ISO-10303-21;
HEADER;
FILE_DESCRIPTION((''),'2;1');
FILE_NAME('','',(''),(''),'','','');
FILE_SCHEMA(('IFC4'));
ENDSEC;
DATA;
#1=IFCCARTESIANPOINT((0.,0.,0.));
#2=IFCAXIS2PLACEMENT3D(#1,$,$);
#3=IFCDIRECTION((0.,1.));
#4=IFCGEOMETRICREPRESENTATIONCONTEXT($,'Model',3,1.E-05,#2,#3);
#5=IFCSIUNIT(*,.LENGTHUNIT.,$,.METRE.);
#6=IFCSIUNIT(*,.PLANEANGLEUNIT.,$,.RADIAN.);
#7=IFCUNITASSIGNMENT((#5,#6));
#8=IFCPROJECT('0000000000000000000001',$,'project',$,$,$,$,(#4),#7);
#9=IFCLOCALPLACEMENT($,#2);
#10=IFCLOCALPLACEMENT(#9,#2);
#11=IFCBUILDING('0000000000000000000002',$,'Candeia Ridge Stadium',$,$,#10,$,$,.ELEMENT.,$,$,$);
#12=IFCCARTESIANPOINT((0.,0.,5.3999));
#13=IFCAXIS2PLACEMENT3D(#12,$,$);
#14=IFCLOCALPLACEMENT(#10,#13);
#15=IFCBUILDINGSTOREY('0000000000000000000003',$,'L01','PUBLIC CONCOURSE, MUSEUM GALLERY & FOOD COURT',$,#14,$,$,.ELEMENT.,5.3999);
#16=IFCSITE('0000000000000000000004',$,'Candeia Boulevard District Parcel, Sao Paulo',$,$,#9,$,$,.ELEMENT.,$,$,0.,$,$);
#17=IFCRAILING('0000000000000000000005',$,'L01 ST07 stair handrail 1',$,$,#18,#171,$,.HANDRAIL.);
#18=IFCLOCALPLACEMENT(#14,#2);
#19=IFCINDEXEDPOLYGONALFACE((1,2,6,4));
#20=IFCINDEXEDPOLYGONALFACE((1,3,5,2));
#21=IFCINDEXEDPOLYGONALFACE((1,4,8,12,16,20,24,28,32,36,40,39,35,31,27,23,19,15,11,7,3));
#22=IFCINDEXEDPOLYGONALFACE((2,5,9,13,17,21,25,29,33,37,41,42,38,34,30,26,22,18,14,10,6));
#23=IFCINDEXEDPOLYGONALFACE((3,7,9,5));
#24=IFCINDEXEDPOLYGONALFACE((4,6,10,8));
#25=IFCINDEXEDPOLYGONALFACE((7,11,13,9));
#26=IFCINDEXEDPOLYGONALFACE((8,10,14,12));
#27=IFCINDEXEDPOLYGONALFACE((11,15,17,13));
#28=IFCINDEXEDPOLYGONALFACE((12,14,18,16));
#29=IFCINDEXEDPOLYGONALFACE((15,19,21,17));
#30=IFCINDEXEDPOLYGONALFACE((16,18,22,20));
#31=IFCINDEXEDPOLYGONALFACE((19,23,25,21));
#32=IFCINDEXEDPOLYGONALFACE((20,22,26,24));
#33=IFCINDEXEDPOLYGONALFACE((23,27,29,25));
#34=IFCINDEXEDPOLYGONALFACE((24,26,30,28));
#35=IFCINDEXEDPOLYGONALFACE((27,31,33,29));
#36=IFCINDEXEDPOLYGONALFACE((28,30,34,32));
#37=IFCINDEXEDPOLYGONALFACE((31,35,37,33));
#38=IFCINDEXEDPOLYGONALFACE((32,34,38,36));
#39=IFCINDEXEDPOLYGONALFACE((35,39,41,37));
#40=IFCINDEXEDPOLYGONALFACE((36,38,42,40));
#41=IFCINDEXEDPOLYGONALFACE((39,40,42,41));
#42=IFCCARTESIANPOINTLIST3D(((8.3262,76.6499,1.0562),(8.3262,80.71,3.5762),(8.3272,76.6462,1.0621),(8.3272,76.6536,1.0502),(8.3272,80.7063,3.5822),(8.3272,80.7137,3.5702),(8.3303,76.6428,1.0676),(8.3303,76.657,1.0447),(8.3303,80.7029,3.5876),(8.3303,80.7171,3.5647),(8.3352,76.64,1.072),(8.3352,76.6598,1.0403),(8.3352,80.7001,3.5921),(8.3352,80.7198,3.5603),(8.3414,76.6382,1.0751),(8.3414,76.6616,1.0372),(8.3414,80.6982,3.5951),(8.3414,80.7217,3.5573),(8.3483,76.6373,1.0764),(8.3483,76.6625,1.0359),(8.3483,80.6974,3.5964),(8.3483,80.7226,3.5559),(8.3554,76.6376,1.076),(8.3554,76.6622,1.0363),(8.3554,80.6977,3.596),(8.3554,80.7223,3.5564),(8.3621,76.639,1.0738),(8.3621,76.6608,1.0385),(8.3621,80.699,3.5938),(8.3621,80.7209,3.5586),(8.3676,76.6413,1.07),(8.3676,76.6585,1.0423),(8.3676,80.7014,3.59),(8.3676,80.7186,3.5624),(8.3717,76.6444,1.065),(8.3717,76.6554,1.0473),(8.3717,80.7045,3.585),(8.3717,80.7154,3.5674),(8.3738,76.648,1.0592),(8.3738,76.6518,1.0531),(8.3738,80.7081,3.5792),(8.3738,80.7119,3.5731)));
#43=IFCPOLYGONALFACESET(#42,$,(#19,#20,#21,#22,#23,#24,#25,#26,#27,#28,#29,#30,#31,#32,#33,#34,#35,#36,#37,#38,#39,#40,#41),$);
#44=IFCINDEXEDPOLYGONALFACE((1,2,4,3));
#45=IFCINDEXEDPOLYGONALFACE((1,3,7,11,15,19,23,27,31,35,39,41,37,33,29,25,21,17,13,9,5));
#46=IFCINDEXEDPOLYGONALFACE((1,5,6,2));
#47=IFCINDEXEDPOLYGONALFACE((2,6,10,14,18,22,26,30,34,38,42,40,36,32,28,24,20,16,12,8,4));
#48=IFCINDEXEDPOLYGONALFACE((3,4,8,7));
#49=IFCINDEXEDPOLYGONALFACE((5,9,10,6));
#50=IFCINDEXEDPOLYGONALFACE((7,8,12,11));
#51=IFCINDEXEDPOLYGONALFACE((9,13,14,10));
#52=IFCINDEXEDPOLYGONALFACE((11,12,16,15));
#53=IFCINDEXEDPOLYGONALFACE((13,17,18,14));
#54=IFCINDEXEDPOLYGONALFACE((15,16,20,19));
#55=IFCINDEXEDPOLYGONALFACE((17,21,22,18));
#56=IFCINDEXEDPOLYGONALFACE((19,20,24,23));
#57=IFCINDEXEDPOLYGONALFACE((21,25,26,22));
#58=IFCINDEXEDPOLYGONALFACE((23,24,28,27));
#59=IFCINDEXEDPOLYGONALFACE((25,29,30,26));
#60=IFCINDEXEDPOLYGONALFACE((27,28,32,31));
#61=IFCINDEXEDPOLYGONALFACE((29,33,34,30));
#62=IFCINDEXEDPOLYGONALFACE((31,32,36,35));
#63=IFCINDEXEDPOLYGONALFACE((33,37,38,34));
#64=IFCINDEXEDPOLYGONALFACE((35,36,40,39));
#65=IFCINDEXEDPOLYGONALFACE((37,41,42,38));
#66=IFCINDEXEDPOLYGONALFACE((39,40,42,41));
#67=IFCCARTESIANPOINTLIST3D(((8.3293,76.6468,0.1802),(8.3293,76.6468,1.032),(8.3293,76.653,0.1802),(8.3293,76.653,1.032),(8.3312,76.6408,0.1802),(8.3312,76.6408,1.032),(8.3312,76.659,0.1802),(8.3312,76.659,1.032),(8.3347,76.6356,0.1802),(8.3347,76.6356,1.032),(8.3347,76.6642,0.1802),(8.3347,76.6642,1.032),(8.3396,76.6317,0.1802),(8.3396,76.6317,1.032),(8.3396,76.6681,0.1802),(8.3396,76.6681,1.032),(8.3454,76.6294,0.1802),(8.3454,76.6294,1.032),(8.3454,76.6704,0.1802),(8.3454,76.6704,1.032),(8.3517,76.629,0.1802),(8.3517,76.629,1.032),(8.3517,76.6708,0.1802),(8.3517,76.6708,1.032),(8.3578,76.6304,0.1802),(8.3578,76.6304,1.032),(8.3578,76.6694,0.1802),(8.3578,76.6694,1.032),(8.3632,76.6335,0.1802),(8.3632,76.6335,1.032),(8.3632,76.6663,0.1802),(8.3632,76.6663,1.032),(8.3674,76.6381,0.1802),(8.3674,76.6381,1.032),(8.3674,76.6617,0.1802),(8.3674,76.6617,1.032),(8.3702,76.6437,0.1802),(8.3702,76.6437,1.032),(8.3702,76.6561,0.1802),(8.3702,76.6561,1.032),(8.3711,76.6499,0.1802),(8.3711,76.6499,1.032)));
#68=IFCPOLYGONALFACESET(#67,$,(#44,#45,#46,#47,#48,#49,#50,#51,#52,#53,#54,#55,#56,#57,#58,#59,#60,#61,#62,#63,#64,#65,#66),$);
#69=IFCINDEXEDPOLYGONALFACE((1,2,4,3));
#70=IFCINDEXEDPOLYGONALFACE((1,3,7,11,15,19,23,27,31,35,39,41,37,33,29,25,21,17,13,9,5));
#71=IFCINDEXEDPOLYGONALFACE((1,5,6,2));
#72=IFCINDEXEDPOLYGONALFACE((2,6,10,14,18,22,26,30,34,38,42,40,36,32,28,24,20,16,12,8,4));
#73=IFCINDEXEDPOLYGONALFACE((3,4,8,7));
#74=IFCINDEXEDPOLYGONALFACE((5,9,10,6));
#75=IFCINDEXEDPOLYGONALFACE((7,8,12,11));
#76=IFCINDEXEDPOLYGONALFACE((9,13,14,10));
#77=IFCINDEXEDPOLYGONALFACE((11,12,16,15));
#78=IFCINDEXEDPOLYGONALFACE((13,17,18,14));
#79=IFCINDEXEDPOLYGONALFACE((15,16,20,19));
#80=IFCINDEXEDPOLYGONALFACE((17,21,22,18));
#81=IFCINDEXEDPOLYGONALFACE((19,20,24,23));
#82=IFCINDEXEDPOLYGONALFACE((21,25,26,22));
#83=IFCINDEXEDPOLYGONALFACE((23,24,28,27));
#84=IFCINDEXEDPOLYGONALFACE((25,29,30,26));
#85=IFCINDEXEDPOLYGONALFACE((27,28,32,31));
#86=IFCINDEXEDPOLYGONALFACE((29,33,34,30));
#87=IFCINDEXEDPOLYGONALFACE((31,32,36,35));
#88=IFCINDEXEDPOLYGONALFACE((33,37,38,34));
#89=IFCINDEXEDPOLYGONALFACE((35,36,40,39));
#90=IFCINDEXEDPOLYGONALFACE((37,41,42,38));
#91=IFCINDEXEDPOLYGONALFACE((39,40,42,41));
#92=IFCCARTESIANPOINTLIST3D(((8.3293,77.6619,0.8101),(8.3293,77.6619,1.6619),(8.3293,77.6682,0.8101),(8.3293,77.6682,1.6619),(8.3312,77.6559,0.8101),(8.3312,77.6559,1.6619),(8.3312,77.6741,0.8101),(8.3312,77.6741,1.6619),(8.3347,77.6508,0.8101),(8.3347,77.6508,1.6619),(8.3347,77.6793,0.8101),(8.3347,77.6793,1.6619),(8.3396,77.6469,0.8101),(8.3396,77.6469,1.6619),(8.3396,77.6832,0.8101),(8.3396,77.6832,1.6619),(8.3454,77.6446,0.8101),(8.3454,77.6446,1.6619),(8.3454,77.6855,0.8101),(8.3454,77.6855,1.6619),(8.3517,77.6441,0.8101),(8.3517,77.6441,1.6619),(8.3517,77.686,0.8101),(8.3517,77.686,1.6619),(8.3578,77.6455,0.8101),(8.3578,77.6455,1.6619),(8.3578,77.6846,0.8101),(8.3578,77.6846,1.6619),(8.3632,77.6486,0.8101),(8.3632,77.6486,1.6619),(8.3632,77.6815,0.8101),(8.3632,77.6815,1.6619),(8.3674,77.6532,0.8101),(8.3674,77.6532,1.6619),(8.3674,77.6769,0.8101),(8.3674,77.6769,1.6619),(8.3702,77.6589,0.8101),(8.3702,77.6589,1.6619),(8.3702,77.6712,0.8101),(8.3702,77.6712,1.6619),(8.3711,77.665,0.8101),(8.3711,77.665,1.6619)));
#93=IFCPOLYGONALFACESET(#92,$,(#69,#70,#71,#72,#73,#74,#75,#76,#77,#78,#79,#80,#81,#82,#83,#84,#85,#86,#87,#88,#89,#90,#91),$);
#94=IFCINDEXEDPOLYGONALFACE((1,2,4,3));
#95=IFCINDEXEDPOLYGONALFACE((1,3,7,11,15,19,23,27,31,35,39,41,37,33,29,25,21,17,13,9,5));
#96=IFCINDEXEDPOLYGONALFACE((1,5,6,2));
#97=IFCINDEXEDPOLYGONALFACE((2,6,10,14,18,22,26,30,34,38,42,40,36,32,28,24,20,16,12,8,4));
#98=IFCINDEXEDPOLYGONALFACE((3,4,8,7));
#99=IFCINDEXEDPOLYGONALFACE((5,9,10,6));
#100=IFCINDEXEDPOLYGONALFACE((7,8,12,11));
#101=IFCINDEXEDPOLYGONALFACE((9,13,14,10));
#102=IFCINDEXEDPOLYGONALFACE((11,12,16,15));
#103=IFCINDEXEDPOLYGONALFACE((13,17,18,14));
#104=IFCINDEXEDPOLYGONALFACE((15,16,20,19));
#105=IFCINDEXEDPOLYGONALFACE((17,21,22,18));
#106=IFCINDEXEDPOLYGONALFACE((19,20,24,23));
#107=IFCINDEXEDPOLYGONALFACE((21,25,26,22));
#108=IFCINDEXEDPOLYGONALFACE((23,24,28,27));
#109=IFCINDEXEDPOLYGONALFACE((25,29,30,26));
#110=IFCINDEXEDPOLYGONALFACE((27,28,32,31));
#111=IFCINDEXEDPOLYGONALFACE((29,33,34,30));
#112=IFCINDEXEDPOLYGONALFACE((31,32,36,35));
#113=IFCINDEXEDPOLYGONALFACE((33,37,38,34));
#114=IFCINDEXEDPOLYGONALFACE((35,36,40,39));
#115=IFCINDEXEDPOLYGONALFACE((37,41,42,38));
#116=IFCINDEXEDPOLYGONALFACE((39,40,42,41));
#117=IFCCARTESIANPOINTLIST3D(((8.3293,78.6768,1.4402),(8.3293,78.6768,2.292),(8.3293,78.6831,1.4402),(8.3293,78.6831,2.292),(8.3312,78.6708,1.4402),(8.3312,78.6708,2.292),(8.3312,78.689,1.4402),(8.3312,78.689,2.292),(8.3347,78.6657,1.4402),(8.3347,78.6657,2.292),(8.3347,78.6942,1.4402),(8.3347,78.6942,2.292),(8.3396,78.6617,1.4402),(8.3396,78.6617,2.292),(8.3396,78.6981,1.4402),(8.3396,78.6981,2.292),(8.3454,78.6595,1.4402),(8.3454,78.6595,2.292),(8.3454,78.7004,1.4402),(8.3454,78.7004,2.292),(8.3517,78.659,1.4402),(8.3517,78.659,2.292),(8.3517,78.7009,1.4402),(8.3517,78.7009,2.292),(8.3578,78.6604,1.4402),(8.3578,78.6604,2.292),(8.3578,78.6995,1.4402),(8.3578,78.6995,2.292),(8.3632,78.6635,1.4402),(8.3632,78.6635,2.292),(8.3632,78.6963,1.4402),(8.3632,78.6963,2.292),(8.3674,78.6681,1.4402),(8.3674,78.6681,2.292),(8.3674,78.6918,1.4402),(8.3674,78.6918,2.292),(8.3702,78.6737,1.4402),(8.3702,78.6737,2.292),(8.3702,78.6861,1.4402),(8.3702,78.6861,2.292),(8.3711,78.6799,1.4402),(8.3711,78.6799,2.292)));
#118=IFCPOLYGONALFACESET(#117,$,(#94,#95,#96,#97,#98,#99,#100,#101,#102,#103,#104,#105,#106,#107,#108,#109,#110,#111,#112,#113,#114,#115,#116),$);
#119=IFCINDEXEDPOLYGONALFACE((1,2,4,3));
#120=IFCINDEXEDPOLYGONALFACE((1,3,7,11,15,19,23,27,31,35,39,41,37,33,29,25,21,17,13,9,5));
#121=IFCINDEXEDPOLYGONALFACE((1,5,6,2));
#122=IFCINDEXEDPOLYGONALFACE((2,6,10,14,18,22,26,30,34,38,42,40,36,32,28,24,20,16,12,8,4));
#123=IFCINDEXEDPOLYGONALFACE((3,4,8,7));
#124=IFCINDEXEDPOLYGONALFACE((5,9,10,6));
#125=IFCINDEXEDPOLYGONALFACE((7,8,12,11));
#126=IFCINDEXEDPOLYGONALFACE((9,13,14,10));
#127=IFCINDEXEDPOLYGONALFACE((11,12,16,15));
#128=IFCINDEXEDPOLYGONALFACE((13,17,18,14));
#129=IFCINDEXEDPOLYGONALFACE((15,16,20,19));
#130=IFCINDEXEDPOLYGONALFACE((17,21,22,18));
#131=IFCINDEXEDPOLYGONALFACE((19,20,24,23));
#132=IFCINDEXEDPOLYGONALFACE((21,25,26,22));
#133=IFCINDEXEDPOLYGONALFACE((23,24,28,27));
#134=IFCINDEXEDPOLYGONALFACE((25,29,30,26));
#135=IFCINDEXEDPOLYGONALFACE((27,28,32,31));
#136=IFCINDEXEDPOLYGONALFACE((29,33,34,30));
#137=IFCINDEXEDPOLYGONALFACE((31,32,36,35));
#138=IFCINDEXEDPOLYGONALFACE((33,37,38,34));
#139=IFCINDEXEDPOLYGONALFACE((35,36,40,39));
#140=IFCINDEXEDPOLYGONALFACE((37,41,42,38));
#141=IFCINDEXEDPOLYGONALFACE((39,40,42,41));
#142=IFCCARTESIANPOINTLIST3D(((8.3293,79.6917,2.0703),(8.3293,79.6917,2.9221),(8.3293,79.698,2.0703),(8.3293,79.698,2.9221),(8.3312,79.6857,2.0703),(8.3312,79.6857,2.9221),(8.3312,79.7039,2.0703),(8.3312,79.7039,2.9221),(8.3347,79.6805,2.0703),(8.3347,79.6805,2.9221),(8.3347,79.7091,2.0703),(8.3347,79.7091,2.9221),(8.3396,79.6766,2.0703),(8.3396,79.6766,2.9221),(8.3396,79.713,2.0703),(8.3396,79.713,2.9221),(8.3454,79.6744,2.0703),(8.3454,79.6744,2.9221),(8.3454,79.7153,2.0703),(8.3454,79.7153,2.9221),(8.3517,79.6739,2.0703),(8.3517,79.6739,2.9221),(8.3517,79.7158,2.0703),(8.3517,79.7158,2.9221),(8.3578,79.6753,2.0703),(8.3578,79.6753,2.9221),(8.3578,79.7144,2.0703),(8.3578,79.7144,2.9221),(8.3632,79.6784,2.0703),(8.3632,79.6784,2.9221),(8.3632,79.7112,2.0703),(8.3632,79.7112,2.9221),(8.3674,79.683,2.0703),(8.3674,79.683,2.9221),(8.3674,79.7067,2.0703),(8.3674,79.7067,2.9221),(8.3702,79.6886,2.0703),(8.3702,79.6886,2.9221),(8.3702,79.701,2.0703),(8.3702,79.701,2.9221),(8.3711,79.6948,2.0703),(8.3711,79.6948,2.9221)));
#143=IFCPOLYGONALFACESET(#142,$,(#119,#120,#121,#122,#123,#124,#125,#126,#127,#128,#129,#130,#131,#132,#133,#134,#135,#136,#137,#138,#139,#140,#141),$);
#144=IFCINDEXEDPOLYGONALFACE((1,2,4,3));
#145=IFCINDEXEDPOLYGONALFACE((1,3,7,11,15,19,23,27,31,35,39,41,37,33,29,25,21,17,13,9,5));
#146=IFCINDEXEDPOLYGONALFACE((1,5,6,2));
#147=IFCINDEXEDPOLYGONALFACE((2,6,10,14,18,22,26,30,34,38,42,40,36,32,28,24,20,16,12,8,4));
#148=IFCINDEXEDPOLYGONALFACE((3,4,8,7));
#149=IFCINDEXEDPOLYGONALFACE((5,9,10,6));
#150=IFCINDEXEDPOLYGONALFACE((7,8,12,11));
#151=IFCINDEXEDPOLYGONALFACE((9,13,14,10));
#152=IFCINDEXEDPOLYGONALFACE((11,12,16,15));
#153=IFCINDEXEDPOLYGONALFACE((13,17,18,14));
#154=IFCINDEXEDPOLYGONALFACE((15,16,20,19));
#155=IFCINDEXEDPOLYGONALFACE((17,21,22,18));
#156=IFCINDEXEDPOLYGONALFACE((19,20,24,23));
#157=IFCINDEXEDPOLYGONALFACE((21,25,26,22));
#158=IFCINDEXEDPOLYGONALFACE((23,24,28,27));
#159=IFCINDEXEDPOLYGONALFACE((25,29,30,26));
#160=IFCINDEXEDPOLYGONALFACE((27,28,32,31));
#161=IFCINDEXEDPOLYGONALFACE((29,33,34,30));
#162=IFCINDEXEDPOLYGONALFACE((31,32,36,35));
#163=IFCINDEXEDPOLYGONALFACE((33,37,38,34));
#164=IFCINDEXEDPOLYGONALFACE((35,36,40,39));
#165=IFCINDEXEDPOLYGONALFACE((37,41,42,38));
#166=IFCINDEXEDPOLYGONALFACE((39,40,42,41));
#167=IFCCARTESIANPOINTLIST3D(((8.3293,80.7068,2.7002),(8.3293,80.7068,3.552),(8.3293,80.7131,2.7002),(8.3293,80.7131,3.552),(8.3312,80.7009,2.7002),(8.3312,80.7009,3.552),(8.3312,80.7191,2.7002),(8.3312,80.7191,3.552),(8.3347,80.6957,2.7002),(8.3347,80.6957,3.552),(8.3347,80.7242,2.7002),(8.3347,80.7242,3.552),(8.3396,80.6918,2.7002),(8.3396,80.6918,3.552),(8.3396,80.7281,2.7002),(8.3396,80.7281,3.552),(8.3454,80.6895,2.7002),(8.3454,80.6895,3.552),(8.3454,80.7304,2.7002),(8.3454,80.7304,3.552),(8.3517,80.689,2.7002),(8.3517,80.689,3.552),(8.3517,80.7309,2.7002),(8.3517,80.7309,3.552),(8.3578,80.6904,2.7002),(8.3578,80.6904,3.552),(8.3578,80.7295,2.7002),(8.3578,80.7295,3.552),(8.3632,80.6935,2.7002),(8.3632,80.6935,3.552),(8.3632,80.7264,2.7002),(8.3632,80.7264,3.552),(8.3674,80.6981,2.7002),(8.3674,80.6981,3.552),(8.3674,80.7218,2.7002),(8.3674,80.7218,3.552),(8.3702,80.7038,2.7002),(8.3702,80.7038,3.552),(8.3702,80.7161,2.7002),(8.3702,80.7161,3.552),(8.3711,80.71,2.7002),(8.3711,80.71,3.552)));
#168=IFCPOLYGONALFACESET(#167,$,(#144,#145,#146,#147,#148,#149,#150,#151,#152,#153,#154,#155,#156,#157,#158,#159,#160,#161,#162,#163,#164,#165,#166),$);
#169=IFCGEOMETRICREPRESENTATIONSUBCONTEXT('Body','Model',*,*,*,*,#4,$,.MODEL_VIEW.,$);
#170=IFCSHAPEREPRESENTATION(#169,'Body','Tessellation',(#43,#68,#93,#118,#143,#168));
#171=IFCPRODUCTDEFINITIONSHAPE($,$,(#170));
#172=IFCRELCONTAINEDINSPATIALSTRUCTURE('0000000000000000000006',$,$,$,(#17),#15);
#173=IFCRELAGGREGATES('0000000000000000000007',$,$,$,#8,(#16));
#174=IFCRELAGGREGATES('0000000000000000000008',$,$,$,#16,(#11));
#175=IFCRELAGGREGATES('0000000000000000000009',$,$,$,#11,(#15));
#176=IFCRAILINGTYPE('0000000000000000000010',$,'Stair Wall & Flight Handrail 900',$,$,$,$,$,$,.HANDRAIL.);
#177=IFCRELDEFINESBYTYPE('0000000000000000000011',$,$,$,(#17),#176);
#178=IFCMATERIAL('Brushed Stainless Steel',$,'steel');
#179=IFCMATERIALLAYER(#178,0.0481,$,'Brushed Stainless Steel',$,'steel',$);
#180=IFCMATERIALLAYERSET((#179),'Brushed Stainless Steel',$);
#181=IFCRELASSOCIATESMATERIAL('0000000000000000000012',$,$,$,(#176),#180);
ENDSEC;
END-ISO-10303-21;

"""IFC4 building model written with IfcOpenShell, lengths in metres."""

from ifc_helpers import new_model, si_unit, direction, frame, origin, origin_2d, place, context, subcontext, project, spatial, circle, extrude, material, layer, layer_set, type_object, element, save


model = new_model("IFC4")

# Units and contexts
model_context = context("Model", 3, precision=1e-05, world=origin(), true_north=direction((0.0, 1.0)))
body_context = subcontext(model_context, "Body", "Model", "MODEL_VIEW")
ifc_project = project(units=[si_unit("LENGTHUNIT", "METRE"), si_unit("PLANEANGLEUNIT", "RADIAN")], contexts=[model_context])

# Site, building, storey
site_placement = place(None, origin())
site = spatial("IfcSite", under=ifc_project, at=site_placement, Name="Candeia Boulevard District Parcel, Sao Paulo", CompositionType="ELEMENT", RefElevation=0.0)
building_placement = place(site_placement, origin())
building = spatial("IfcBuilding", under=site, at=building_placement, Name="Candeia Ridge Stadium", CompositionType="ELEMENT")
storey_placement = place(building_placement, frame((0.0, 0.0, 5.3999)))
storey = spatial("IfcBuildingStorey", under=building, at=storey_placement, Name="L01", Description="PUBLIC CONCOURSE, MUSEUM GALLERY & FOOD COURT", CompositionType="ELEMENT", Elevation=5.3999)

# Railing
ifc_material_1 = material(Name="Brushed Stainless Steel", Category="steel")
ifc_layer_1 = layer(ifc_material_1, 0.0481, Name="Brushed Stainless Steel", Category="steel")
ifc_layer_set_1 = layer_set([ifc_layer_1], Name="Brushed Stainless Steel")
railing_type_1 = type_object("IfcRailingType", Name="Stair Wall & Flight Handrail 900", PredefinedType="HANDRAIL", material=ifc_layer_set_1)
railing_1_placement = place(storey_placement, frame((8.3501, 76.6499, 0.1802)))
element("IfcRailing", 1, at=railing_1_placement, inside=storey, type_object=railing_type_1, Name="L01 ST07 stair handrail 1", PredefinedType="HANDRAIL", context=body_context, shape_type="SweptSolid", body=[
    extrude(circle(Radius=0.0239, at=origin_2d()), frame((0.0, 0.0, 0.876), z_axis=(0.0, 0.849642, 0.52736), x_axis=(-1.0, 0.0, 0.0)), (0.0, 0.0, 1.0), 4.7786),
    extrude(circle(Radius=0.021, at=origin_2d()), origin(), (0.0, 0.0, 1.0), 0.8518),
    extrude(circle(Radius=0.021, at=origin_2d()), frame((0.0, 1.0151, 0.6299)), (0.0, 0.0, 1.0), 0.8518),
    extrude(circle(Radius=0.021, at=origin_2d()), frame((0.0, 2.03, 1.26)), (0.0, 0.0, 1.0), 0.8518),
    extrude(circle(Radius=0.021, at=origin_2d()), frame((0.0, 3.0449, 1.8901)), (0.0, 0.0, 1.0), 0.8518),
    extrude(circle(Radius=0.021, at=origin_2d()), frame((0.0, 4.0601, 2.52)), (0.0, 0.0, 1.0), 0.8518),
])

save(model, "model.ifc")
